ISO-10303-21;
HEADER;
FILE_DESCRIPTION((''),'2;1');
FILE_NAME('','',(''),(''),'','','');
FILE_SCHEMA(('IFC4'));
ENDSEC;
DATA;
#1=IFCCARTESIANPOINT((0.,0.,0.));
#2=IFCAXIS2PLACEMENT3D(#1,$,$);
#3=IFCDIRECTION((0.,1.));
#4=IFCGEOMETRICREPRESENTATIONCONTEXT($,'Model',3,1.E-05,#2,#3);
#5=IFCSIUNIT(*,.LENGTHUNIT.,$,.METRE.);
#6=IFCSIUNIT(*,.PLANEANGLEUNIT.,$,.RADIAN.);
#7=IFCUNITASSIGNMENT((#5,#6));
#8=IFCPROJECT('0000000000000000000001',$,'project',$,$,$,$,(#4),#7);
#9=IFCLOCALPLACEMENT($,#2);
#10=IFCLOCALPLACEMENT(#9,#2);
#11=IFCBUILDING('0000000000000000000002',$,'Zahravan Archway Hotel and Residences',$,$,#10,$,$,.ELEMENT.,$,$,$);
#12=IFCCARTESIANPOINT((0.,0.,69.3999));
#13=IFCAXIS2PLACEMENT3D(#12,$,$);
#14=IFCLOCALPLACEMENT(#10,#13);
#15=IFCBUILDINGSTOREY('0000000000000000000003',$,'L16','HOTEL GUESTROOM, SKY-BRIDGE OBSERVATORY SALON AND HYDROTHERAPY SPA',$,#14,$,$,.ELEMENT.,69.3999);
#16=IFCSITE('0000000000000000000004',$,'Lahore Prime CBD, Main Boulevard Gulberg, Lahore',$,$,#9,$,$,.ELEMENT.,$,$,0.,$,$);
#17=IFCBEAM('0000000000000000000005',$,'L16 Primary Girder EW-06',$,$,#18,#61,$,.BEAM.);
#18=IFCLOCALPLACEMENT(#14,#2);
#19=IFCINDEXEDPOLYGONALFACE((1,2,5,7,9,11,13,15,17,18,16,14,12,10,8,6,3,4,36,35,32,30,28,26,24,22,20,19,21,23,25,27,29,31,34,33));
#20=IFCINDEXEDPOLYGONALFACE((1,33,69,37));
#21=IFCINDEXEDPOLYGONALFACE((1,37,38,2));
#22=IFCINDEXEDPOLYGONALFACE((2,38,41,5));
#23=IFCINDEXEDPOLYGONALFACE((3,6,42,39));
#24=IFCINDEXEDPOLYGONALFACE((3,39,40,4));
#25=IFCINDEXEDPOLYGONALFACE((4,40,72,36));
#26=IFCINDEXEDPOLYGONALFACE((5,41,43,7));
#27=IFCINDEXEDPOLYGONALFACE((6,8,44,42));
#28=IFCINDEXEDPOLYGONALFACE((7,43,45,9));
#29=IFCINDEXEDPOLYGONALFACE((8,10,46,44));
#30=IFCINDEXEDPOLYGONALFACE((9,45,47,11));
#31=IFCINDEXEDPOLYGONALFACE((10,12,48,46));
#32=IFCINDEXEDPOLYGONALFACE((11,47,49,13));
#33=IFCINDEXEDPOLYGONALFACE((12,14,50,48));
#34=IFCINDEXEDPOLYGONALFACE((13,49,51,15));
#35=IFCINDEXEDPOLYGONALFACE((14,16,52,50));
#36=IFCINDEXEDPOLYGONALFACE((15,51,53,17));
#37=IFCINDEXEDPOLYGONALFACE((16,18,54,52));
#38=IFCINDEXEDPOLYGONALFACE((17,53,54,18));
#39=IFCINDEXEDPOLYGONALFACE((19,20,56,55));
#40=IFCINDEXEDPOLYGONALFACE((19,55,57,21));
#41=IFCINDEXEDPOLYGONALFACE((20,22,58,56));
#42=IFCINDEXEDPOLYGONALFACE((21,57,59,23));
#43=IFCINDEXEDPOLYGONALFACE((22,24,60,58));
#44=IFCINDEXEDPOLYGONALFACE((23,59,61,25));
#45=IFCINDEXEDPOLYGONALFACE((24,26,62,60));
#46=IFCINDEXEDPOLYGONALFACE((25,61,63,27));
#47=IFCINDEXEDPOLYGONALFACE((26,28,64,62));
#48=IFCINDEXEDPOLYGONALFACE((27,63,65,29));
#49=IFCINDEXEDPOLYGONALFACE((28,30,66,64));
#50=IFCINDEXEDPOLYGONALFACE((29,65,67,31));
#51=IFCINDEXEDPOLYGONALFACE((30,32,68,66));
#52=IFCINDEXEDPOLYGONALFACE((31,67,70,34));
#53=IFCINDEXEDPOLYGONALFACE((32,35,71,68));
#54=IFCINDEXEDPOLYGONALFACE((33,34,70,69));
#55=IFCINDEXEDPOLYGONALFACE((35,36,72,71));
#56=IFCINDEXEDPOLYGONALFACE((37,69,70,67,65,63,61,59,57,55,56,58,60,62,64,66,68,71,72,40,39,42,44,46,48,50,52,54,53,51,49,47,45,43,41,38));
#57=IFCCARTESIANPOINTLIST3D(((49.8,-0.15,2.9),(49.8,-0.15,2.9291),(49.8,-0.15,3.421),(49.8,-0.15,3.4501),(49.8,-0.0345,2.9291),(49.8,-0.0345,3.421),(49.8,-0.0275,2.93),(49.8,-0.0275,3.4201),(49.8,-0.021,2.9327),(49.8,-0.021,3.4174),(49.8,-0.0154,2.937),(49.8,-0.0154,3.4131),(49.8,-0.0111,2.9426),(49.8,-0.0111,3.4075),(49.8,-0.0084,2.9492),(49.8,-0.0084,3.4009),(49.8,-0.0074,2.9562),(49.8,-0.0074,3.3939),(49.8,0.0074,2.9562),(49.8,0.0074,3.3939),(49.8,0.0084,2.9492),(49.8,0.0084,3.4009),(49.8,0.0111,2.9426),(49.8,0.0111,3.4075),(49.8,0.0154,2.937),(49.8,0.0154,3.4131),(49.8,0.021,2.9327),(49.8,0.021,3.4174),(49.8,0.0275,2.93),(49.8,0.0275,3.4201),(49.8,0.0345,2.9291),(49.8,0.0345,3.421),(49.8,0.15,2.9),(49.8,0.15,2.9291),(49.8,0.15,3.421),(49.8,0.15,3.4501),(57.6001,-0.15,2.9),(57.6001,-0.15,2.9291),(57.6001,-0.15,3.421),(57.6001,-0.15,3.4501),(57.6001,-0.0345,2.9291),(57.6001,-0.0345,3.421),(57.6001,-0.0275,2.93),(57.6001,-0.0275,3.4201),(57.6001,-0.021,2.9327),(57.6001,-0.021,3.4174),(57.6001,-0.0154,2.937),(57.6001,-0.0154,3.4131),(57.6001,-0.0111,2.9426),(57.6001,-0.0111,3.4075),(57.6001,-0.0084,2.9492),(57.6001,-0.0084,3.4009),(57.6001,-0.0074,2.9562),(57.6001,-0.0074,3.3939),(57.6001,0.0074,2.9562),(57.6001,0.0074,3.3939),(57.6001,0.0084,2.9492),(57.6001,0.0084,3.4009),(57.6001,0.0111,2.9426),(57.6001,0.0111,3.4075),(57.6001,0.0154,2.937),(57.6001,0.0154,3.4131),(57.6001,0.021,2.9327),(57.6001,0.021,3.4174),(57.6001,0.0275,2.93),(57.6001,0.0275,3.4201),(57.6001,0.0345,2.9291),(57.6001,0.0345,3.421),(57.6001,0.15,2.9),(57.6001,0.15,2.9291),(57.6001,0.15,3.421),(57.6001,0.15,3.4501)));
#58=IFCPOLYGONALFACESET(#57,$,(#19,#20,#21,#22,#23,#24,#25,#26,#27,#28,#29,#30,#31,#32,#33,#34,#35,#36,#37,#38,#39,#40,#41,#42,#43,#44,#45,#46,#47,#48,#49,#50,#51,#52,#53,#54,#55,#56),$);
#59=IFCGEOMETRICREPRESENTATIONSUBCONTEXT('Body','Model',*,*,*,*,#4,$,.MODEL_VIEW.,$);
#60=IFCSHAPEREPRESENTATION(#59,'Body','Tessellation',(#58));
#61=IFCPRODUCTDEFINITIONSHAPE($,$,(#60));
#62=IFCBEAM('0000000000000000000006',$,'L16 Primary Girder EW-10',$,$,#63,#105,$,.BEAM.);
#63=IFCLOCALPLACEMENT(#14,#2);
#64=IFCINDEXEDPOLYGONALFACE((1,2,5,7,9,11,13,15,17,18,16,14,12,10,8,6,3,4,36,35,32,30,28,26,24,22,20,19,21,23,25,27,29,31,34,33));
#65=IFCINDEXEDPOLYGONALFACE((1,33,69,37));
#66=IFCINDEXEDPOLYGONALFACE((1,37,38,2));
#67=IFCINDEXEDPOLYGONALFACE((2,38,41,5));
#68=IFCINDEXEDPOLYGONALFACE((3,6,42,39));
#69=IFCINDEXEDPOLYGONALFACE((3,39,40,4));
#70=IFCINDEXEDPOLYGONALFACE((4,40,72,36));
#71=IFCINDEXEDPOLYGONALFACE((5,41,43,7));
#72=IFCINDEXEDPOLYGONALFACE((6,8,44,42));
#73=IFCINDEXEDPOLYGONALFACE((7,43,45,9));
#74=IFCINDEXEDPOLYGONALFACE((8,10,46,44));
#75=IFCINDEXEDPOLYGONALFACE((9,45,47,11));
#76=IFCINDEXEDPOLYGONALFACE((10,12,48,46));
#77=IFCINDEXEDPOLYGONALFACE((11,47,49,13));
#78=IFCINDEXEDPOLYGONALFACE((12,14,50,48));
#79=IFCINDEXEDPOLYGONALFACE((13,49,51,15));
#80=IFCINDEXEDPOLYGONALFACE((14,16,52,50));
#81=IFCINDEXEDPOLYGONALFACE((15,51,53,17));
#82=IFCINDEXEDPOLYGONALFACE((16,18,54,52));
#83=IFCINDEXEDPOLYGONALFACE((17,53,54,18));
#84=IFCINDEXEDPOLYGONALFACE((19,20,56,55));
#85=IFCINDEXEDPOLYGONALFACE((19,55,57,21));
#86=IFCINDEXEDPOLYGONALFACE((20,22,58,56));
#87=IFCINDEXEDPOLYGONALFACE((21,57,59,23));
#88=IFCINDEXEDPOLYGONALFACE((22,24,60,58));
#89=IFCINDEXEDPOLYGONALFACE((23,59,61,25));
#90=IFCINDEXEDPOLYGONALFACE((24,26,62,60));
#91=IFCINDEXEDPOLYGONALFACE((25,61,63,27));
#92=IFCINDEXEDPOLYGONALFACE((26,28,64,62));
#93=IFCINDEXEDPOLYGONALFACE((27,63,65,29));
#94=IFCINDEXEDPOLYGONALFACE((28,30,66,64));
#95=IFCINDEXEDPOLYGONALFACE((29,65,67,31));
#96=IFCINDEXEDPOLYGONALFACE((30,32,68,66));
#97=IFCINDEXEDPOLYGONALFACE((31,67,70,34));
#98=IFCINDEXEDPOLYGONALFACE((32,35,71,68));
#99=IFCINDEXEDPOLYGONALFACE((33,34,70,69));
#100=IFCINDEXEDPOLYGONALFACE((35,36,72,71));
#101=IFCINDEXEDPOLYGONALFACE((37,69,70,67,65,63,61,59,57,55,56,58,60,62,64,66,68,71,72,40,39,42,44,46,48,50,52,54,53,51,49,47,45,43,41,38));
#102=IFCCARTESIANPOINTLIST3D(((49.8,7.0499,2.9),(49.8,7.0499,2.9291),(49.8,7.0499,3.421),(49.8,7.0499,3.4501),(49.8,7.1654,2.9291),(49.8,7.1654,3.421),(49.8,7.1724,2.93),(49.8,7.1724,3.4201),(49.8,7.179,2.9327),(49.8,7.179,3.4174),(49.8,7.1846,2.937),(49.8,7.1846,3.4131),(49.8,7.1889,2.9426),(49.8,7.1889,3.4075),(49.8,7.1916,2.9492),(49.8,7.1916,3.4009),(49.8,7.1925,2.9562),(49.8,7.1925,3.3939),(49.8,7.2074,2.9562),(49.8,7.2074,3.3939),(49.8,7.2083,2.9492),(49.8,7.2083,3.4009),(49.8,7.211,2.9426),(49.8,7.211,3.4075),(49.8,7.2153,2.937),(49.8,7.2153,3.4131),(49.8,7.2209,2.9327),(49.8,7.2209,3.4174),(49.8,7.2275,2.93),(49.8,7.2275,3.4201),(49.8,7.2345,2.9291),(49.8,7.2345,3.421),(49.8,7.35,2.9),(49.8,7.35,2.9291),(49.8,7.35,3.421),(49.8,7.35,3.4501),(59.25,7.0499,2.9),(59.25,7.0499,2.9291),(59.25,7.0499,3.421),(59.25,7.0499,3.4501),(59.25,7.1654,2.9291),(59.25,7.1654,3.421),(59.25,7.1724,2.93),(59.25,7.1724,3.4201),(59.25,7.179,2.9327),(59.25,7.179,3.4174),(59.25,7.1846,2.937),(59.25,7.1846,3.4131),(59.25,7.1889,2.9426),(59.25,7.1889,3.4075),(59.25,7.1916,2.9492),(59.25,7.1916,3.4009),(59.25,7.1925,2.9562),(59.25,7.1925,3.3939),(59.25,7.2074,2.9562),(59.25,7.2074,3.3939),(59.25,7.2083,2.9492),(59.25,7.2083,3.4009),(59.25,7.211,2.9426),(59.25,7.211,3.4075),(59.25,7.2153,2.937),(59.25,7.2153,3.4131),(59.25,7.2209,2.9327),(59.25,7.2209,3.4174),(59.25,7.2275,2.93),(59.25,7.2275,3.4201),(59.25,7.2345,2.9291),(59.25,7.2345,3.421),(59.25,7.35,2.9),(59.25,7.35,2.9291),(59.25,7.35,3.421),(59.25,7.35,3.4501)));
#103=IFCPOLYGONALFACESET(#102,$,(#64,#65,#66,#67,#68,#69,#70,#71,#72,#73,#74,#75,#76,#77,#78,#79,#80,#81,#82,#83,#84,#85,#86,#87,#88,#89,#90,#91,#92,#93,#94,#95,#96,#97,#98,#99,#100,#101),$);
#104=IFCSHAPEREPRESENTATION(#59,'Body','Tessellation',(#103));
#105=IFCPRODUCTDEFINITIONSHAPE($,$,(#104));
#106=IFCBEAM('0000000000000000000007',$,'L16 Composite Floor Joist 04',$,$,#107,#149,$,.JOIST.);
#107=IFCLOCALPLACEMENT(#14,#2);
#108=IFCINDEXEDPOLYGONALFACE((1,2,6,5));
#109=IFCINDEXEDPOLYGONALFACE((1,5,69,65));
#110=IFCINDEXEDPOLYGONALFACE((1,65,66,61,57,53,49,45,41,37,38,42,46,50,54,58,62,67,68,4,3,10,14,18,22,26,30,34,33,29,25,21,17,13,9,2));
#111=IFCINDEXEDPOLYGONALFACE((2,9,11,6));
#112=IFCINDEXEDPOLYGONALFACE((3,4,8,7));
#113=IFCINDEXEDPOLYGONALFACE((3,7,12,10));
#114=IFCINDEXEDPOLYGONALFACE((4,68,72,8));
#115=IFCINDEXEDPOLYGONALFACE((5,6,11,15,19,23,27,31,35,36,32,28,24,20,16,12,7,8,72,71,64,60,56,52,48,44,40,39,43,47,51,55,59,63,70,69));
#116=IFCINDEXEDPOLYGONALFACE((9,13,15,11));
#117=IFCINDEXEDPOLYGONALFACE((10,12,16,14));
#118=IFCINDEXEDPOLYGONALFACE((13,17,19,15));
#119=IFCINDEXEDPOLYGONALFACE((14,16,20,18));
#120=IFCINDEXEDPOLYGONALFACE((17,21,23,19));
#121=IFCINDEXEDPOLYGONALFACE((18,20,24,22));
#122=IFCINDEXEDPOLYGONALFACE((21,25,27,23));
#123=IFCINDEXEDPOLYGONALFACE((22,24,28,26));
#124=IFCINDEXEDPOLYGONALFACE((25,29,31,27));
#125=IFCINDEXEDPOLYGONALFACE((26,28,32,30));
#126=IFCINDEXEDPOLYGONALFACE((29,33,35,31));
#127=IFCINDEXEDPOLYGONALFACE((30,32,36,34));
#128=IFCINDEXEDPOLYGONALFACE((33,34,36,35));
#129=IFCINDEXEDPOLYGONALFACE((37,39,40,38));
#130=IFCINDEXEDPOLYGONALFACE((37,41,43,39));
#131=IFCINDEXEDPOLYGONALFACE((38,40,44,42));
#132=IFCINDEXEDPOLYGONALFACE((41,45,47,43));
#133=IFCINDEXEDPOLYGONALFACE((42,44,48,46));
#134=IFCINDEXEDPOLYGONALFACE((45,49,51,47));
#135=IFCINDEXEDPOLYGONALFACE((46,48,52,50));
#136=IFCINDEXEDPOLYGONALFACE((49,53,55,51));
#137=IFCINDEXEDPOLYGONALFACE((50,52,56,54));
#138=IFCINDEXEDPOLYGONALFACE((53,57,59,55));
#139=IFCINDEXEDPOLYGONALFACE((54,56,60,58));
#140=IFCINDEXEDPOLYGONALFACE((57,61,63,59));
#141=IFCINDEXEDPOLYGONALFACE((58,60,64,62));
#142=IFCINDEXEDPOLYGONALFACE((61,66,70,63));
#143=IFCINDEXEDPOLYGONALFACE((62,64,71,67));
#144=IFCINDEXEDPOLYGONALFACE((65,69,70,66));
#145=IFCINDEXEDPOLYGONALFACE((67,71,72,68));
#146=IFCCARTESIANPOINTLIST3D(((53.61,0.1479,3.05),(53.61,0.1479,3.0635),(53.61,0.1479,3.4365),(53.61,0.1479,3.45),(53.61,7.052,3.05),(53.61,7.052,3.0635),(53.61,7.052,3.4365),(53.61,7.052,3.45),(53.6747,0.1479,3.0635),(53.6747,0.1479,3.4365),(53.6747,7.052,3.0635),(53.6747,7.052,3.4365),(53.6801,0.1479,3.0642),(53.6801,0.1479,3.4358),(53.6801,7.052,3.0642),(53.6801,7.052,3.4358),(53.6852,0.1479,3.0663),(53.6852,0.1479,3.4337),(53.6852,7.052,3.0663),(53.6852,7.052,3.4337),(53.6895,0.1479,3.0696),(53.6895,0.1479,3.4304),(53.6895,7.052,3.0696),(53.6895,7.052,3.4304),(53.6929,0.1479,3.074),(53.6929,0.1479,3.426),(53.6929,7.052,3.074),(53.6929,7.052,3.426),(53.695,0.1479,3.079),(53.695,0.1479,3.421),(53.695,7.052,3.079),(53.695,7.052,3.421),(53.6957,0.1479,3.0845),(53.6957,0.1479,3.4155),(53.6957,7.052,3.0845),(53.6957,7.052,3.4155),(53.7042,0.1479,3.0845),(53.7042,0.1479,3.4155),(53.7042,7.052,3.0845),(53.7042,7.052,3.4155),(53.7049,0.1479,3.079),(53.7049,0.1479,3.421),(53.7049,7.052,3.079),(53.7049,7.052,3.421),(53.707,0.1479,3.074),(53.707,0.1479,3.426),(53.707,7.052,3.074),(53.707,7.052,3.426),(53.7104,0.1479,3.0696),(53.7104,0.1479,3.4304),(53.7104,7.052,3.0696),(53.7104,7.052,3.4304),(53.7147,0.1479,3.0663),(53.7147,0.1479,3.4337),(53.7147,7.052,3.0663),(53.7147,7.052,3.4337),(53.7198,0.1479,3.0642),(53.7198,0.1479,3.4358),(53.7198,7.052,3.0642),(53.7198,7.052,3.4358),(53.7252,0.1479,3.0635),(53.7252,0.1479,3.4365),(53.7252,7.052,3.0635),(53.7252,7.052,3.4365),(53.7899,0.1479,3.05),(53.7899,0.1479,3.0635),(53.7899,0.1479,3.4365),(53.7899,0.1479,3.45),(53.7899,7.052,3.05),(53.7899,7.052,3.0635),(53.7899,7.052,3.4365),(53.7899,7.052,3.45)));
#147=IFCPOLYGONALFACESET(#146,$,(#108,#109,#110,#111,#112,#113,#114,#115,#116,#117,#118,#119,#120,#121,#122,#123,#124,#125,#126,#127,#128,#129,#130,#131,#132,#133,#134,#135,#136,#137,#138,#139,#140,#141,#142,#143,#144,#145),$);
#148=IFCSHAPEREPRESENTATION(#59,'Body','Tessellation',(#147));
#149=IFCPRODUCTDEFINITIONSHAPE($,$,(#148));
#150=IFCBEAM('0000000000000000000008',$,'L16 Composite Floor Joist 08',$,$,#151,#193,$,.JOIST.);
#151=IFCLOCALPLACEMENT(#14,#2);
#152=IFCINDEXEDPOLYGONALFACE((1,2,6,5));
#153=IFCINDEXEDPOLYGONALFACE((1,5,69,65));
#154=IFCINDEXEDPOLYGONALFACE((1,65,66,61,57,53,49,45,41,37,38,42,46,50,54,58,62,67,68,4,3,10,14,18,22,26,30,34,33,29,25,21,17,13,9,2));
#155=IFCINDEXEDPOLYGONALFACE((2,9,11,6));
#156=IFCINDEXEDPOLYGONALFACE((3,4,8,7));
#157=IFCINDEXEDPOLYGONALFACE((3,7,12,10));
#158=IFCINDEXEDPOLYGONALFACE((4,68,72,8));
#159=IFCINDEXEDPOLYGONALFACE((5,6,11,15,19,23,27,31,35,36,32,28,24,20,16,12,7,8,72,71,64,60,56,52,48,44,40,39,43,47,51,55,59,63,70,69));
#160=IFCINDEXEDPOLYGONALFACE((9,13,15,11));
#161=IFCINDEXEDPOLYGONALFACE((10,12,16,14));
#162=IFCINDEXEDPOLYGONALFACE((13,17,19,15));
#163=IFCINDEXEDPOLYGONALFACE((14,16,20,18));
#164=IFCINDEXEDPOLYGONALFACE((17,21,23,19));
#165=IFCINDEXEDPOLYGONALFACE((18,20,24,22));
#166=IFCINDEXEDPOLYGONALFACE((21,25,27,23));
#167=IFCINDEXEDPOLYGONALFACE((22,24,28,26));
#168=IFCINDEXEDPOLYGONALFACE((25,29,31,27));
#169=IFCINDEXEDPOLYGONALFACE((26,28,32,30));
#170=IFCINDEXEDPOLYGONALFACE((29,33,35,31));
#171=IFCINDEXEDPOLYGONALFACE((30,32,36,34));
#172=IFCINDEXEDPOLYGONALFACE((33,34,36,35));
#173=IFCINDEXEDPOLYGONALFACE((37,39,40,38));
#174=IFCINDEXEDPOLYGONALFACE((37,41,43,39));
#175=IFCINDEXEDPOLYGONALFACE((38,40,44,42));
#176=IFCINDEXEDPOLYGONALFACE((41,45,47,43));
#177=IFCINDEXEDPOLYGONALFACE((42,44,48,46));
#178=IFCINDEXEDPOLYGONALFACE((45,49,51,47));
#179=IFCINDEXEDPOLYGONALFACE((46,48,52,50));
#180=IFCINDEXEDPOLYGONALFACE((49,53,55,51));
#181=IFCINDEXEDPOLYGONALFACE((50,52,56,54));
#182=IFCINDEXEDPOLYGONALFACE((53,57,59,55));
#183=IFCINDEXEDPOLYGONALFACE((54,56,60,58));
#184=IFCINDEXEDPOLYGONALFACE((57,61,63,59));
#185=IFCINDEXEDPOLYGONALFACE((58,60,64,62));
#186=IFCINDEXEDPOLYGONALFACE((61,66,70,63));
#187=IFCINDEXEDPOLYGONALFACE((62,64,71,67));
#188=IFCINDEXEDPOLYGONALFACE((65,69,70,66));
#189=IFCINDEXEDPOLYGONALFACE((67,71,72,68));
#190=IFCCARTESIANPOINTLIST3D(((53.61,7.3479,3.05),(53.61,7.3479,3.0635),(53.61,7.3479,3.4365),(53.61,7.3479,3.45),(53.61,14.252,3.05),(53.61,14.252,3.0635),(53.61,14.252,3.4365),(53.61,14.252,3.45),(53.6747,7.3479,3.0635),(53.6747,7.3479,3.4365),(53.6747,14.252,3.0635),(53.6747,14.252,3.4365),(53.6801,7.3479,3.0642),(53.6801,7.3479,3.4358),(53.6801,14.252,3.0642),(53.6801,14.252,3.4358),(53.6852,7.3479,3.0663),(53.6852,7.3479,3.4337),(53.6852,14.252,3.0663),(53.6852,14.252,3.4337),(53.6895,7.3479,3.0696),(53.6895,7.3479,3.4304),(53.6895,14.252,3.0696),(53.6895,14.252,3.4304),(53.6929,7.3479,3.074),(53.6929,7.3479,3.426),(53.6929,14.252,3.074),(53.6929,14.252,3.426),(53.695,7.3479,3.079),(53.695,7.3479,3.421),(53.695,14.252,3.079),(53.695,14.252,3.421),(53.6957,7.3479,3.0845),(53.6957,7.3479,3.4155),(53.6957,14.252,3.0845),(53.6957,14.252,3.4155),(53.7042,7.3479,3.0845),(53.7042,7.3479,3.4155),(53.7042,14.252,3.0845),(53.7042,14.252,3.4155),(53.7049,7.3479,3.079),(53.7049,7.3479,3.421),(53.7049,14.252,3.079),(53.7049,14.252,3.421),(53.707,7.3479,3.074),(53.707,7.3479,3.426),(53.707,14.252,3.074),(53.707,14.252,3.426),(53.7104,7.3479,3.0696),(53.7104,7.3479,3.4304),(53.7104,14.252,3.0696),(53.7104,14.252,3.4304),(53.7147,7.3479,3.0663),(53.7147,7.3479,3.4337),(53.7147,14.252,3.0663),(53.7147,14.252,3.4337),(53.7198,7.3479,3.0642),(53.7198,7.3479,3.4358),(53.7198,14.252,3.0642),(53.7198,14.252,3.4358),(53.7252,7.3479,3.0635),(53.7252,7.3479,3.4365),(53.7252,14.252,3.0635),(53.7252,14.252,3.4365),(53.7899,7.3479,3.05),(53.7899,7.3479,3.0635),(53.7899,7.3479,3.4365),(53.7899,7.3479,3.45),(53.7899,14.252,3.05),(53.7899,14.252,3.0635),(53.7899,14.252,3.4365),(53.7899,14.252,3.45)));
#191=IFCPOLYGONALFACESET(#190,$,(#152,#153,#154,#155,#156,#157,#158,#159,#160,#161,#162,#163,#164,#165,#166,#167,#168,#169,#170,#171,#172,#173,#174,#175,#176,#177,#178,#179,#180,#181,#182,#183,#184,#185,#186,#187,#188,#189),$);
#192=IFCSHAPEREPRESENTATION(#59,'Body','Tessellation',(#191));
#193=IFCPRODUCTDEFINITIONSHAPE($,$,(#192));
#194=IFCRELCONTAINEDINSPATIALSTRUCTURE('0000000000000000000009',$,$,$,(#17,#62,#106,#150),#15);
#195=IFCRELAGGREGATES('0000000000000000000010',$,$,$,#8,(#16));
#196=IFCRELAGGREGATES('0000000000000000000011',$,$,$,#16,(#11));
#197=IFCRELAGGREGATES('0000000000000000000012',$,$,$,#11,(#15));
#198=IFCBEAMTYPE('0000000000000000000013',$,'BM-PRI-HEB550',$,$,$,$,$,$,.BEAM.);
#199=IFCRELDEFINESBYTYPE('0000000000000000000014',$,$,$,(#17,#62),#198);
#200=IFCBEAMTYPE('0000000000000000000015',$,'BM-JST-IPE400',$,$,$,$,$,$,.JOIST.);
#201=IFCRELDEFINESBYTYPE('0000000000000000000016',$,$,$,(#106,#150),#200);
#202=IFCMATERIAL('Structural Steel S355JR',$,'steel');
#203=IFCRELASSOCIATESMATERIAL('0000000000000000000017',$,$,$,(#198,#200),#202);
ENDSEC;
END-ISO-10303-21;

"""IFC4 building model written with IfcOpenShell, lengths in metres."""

from ifc_helpers import new_model, si_unit, direction, frame, origin, origin_2d, place, context, subcontext, project, spatial, i_section, extrude, source, transform, mapped, material, material_profile, profile_set, type_object, type_shapes, element, save


model = new_model("IFC4")

# Units and contexts
model_context = context("Model", 3, precision=1e-05, world=origin(), true_north=direction((0.0, 1.0)))
body_context = subcontext(model_context, "Body", "Model", "MODEL_VIEW")
ifc_project = project(units=[si_unit("LENGTHUNIT", "METRE"), si_unit("PLANEANGLEUNIT", "RADIAN")], contexts=[model_context])

# Site, building, storey
site_placement = place(None, origin())
site = spatial("IfcSite", under=ifc_project, at=site_placement, Name="Lahore Prime CBD, Main Boulevard Gulberg, Lahore", CompositionType="ELEMENT", RefElevation=0.0)
building_placement = place(site_placement, origin())
building = spatial("IfcBuilding", under=site, at=building_placement, Name="Zahravan Archway Hotel and Residences", CompositionType="ELEMENT")
storey_placement = place(building_placement, frame((0.0, 0.0, 69.3999)))
storey = spatial("IfcBuildingStorey", under=building, at=storey_placement, Name="L16", Description="HOTEL GUESTROOM, SKY-BRIDGE OBSERVATORY SALON AND HYDROTHERAPY SPA", CompositionType="ELEMENT", Elevation=69.3999)

# Beams
ifc_material_1 = material(Name="Structural Steel S355JR", Category="steel")
ifc_material_profile_1 = material_profile(ifc_material_1, i_section(OverallWidth=0.3, OverallDepth=0.55, WebThickness=0.0149, FlangeThickness=0.0291, FilletRadius=0.0271, at=origin_2d()), Name="HEB 550", Category="steel")
ifc_profile_set_1 = profile_set([ifc_material_profile_1], Name="Structural Steel S355JR")
beam_type_1 = type_object("IfcBeamType", Name="BM-PRI-HEB550", PredefinedType="BEAM", material=ifc_profile_set_1)
shared_shape_1 = source(origin(), body_context, "Body", "SweptSolid", [
    extrude(i_section(OverallWidth=0.3, OverallDepth=0.55, WebThickness=0.0149, FlangeThickness=0.0291, FilletRadius=0.0271, at=origin_2d()), origin(), (0.0, 0.0, 1.0), 7.8),
])
beam_1_placement = place(storey_placement, frame((49.8, 0.0, 3.175), z_axis=(1.0, 0.0, 0.0), x_axis=(0.0, 1.0, 0.0)))
element("IfcBeam", 1, at=beam_1_placement, inside=storey, type_object=beam_type_1, Name="L16 Primary Girder EW-06", PredefinedType="BEAM", context=body_context, shape_type="MappedRepresentation", body=[
    mapped(shared_shape_1, transform((0.0, 0.0, 0.0), scale=1.0)),
])
shared_shape_2 = source(origin(), body_context, "Body", "SweptSolid", [
    extrude(i_section(OverallWidth=0.3, OverallDepth=0.55, WebThickness=0.0149, FlangeThickness=0.0291, FilletRadius=0.0271, at=origin_2d()), origin(), (0.0, 0.0, 1.0), 9.45),
])
beam_2_placement = place(storey_placement, frame((49.8, 7.2, 3.175), z_axis=(1.0, 0.0, 0.0), x_axis=(0.0, 1.0, 0.0)))
element("IfcBeam", 2, at=beam_2_placement, inside=storey, type_object=beam_type_1, Name="L16 Primary Girder EW-10", PredefinedType="BEAM", context=body_context, shape_type="MappedRepresentation", body=[
    mapped(shared_shape_2, transform((0.0, 0.0, 0.0), scale=1.0)),
])
ifc_material_profile_2 = material_profile(ifc_material_1, i_section(OverallWidth=0.1799, OverallDepth=0.3999, WebThickness=0.0085, FlangeThickness=0.0134, FilletRadius=0.021, at=origin_2d()), Name="IPE 400", Category="steel")
ifc_profile_set_2 = profile_set([ifc_material_profile_2], Name="Structural Steel S355JR")
beam_type_2 = type_object("IfcBeamType", Name="BM-JST-IPE400", PredefinedType="JOIST", material=ifc_profile_set_2)
shared_shape_3 = source(origin(), body_context, "Body", "SweptSolid", [
    extrude(i_section(OverallWidth=0.1799, OverallDepth=0.3999, WebThickness=0.0085, FlangeThickness=0.0134, FilletRadius=0.021, at=origin_2d()), origin(), (0.0, 0.0, 1.0), 6.9041),
])
type_shapes(beam_type_2, [shared_shape_3])
for number, where, z_axis, x_axis, name in (
    (3, (53.7, 0.1479, 3.25), (0.0, 1.0, 0.0), (-1.0, 0.0, 0.0), "L16 Composite Floor Joist 04"),
    (4, (53.7, 7.3479, 3.25), (0.0, 1.0, 0.0), (-1.0, 0.0, 0.0), "L16 Composite Floor Joist 08"),
):
    element("IfcBeam", number, at=place(storey_placement, frame(where, z_axis=z_axis, x_axis=x_axis)), inside=storey, type_object=beam_type_2, Name=name, PredefinedType="JOIST", context=body_context, shape_type="MappedRepresentation", body=[
        mapped(shared_shape_3, transform((0.0, 0.0, 0.0), scale=1.0)),
    ])

save(model, "model.ifc")
